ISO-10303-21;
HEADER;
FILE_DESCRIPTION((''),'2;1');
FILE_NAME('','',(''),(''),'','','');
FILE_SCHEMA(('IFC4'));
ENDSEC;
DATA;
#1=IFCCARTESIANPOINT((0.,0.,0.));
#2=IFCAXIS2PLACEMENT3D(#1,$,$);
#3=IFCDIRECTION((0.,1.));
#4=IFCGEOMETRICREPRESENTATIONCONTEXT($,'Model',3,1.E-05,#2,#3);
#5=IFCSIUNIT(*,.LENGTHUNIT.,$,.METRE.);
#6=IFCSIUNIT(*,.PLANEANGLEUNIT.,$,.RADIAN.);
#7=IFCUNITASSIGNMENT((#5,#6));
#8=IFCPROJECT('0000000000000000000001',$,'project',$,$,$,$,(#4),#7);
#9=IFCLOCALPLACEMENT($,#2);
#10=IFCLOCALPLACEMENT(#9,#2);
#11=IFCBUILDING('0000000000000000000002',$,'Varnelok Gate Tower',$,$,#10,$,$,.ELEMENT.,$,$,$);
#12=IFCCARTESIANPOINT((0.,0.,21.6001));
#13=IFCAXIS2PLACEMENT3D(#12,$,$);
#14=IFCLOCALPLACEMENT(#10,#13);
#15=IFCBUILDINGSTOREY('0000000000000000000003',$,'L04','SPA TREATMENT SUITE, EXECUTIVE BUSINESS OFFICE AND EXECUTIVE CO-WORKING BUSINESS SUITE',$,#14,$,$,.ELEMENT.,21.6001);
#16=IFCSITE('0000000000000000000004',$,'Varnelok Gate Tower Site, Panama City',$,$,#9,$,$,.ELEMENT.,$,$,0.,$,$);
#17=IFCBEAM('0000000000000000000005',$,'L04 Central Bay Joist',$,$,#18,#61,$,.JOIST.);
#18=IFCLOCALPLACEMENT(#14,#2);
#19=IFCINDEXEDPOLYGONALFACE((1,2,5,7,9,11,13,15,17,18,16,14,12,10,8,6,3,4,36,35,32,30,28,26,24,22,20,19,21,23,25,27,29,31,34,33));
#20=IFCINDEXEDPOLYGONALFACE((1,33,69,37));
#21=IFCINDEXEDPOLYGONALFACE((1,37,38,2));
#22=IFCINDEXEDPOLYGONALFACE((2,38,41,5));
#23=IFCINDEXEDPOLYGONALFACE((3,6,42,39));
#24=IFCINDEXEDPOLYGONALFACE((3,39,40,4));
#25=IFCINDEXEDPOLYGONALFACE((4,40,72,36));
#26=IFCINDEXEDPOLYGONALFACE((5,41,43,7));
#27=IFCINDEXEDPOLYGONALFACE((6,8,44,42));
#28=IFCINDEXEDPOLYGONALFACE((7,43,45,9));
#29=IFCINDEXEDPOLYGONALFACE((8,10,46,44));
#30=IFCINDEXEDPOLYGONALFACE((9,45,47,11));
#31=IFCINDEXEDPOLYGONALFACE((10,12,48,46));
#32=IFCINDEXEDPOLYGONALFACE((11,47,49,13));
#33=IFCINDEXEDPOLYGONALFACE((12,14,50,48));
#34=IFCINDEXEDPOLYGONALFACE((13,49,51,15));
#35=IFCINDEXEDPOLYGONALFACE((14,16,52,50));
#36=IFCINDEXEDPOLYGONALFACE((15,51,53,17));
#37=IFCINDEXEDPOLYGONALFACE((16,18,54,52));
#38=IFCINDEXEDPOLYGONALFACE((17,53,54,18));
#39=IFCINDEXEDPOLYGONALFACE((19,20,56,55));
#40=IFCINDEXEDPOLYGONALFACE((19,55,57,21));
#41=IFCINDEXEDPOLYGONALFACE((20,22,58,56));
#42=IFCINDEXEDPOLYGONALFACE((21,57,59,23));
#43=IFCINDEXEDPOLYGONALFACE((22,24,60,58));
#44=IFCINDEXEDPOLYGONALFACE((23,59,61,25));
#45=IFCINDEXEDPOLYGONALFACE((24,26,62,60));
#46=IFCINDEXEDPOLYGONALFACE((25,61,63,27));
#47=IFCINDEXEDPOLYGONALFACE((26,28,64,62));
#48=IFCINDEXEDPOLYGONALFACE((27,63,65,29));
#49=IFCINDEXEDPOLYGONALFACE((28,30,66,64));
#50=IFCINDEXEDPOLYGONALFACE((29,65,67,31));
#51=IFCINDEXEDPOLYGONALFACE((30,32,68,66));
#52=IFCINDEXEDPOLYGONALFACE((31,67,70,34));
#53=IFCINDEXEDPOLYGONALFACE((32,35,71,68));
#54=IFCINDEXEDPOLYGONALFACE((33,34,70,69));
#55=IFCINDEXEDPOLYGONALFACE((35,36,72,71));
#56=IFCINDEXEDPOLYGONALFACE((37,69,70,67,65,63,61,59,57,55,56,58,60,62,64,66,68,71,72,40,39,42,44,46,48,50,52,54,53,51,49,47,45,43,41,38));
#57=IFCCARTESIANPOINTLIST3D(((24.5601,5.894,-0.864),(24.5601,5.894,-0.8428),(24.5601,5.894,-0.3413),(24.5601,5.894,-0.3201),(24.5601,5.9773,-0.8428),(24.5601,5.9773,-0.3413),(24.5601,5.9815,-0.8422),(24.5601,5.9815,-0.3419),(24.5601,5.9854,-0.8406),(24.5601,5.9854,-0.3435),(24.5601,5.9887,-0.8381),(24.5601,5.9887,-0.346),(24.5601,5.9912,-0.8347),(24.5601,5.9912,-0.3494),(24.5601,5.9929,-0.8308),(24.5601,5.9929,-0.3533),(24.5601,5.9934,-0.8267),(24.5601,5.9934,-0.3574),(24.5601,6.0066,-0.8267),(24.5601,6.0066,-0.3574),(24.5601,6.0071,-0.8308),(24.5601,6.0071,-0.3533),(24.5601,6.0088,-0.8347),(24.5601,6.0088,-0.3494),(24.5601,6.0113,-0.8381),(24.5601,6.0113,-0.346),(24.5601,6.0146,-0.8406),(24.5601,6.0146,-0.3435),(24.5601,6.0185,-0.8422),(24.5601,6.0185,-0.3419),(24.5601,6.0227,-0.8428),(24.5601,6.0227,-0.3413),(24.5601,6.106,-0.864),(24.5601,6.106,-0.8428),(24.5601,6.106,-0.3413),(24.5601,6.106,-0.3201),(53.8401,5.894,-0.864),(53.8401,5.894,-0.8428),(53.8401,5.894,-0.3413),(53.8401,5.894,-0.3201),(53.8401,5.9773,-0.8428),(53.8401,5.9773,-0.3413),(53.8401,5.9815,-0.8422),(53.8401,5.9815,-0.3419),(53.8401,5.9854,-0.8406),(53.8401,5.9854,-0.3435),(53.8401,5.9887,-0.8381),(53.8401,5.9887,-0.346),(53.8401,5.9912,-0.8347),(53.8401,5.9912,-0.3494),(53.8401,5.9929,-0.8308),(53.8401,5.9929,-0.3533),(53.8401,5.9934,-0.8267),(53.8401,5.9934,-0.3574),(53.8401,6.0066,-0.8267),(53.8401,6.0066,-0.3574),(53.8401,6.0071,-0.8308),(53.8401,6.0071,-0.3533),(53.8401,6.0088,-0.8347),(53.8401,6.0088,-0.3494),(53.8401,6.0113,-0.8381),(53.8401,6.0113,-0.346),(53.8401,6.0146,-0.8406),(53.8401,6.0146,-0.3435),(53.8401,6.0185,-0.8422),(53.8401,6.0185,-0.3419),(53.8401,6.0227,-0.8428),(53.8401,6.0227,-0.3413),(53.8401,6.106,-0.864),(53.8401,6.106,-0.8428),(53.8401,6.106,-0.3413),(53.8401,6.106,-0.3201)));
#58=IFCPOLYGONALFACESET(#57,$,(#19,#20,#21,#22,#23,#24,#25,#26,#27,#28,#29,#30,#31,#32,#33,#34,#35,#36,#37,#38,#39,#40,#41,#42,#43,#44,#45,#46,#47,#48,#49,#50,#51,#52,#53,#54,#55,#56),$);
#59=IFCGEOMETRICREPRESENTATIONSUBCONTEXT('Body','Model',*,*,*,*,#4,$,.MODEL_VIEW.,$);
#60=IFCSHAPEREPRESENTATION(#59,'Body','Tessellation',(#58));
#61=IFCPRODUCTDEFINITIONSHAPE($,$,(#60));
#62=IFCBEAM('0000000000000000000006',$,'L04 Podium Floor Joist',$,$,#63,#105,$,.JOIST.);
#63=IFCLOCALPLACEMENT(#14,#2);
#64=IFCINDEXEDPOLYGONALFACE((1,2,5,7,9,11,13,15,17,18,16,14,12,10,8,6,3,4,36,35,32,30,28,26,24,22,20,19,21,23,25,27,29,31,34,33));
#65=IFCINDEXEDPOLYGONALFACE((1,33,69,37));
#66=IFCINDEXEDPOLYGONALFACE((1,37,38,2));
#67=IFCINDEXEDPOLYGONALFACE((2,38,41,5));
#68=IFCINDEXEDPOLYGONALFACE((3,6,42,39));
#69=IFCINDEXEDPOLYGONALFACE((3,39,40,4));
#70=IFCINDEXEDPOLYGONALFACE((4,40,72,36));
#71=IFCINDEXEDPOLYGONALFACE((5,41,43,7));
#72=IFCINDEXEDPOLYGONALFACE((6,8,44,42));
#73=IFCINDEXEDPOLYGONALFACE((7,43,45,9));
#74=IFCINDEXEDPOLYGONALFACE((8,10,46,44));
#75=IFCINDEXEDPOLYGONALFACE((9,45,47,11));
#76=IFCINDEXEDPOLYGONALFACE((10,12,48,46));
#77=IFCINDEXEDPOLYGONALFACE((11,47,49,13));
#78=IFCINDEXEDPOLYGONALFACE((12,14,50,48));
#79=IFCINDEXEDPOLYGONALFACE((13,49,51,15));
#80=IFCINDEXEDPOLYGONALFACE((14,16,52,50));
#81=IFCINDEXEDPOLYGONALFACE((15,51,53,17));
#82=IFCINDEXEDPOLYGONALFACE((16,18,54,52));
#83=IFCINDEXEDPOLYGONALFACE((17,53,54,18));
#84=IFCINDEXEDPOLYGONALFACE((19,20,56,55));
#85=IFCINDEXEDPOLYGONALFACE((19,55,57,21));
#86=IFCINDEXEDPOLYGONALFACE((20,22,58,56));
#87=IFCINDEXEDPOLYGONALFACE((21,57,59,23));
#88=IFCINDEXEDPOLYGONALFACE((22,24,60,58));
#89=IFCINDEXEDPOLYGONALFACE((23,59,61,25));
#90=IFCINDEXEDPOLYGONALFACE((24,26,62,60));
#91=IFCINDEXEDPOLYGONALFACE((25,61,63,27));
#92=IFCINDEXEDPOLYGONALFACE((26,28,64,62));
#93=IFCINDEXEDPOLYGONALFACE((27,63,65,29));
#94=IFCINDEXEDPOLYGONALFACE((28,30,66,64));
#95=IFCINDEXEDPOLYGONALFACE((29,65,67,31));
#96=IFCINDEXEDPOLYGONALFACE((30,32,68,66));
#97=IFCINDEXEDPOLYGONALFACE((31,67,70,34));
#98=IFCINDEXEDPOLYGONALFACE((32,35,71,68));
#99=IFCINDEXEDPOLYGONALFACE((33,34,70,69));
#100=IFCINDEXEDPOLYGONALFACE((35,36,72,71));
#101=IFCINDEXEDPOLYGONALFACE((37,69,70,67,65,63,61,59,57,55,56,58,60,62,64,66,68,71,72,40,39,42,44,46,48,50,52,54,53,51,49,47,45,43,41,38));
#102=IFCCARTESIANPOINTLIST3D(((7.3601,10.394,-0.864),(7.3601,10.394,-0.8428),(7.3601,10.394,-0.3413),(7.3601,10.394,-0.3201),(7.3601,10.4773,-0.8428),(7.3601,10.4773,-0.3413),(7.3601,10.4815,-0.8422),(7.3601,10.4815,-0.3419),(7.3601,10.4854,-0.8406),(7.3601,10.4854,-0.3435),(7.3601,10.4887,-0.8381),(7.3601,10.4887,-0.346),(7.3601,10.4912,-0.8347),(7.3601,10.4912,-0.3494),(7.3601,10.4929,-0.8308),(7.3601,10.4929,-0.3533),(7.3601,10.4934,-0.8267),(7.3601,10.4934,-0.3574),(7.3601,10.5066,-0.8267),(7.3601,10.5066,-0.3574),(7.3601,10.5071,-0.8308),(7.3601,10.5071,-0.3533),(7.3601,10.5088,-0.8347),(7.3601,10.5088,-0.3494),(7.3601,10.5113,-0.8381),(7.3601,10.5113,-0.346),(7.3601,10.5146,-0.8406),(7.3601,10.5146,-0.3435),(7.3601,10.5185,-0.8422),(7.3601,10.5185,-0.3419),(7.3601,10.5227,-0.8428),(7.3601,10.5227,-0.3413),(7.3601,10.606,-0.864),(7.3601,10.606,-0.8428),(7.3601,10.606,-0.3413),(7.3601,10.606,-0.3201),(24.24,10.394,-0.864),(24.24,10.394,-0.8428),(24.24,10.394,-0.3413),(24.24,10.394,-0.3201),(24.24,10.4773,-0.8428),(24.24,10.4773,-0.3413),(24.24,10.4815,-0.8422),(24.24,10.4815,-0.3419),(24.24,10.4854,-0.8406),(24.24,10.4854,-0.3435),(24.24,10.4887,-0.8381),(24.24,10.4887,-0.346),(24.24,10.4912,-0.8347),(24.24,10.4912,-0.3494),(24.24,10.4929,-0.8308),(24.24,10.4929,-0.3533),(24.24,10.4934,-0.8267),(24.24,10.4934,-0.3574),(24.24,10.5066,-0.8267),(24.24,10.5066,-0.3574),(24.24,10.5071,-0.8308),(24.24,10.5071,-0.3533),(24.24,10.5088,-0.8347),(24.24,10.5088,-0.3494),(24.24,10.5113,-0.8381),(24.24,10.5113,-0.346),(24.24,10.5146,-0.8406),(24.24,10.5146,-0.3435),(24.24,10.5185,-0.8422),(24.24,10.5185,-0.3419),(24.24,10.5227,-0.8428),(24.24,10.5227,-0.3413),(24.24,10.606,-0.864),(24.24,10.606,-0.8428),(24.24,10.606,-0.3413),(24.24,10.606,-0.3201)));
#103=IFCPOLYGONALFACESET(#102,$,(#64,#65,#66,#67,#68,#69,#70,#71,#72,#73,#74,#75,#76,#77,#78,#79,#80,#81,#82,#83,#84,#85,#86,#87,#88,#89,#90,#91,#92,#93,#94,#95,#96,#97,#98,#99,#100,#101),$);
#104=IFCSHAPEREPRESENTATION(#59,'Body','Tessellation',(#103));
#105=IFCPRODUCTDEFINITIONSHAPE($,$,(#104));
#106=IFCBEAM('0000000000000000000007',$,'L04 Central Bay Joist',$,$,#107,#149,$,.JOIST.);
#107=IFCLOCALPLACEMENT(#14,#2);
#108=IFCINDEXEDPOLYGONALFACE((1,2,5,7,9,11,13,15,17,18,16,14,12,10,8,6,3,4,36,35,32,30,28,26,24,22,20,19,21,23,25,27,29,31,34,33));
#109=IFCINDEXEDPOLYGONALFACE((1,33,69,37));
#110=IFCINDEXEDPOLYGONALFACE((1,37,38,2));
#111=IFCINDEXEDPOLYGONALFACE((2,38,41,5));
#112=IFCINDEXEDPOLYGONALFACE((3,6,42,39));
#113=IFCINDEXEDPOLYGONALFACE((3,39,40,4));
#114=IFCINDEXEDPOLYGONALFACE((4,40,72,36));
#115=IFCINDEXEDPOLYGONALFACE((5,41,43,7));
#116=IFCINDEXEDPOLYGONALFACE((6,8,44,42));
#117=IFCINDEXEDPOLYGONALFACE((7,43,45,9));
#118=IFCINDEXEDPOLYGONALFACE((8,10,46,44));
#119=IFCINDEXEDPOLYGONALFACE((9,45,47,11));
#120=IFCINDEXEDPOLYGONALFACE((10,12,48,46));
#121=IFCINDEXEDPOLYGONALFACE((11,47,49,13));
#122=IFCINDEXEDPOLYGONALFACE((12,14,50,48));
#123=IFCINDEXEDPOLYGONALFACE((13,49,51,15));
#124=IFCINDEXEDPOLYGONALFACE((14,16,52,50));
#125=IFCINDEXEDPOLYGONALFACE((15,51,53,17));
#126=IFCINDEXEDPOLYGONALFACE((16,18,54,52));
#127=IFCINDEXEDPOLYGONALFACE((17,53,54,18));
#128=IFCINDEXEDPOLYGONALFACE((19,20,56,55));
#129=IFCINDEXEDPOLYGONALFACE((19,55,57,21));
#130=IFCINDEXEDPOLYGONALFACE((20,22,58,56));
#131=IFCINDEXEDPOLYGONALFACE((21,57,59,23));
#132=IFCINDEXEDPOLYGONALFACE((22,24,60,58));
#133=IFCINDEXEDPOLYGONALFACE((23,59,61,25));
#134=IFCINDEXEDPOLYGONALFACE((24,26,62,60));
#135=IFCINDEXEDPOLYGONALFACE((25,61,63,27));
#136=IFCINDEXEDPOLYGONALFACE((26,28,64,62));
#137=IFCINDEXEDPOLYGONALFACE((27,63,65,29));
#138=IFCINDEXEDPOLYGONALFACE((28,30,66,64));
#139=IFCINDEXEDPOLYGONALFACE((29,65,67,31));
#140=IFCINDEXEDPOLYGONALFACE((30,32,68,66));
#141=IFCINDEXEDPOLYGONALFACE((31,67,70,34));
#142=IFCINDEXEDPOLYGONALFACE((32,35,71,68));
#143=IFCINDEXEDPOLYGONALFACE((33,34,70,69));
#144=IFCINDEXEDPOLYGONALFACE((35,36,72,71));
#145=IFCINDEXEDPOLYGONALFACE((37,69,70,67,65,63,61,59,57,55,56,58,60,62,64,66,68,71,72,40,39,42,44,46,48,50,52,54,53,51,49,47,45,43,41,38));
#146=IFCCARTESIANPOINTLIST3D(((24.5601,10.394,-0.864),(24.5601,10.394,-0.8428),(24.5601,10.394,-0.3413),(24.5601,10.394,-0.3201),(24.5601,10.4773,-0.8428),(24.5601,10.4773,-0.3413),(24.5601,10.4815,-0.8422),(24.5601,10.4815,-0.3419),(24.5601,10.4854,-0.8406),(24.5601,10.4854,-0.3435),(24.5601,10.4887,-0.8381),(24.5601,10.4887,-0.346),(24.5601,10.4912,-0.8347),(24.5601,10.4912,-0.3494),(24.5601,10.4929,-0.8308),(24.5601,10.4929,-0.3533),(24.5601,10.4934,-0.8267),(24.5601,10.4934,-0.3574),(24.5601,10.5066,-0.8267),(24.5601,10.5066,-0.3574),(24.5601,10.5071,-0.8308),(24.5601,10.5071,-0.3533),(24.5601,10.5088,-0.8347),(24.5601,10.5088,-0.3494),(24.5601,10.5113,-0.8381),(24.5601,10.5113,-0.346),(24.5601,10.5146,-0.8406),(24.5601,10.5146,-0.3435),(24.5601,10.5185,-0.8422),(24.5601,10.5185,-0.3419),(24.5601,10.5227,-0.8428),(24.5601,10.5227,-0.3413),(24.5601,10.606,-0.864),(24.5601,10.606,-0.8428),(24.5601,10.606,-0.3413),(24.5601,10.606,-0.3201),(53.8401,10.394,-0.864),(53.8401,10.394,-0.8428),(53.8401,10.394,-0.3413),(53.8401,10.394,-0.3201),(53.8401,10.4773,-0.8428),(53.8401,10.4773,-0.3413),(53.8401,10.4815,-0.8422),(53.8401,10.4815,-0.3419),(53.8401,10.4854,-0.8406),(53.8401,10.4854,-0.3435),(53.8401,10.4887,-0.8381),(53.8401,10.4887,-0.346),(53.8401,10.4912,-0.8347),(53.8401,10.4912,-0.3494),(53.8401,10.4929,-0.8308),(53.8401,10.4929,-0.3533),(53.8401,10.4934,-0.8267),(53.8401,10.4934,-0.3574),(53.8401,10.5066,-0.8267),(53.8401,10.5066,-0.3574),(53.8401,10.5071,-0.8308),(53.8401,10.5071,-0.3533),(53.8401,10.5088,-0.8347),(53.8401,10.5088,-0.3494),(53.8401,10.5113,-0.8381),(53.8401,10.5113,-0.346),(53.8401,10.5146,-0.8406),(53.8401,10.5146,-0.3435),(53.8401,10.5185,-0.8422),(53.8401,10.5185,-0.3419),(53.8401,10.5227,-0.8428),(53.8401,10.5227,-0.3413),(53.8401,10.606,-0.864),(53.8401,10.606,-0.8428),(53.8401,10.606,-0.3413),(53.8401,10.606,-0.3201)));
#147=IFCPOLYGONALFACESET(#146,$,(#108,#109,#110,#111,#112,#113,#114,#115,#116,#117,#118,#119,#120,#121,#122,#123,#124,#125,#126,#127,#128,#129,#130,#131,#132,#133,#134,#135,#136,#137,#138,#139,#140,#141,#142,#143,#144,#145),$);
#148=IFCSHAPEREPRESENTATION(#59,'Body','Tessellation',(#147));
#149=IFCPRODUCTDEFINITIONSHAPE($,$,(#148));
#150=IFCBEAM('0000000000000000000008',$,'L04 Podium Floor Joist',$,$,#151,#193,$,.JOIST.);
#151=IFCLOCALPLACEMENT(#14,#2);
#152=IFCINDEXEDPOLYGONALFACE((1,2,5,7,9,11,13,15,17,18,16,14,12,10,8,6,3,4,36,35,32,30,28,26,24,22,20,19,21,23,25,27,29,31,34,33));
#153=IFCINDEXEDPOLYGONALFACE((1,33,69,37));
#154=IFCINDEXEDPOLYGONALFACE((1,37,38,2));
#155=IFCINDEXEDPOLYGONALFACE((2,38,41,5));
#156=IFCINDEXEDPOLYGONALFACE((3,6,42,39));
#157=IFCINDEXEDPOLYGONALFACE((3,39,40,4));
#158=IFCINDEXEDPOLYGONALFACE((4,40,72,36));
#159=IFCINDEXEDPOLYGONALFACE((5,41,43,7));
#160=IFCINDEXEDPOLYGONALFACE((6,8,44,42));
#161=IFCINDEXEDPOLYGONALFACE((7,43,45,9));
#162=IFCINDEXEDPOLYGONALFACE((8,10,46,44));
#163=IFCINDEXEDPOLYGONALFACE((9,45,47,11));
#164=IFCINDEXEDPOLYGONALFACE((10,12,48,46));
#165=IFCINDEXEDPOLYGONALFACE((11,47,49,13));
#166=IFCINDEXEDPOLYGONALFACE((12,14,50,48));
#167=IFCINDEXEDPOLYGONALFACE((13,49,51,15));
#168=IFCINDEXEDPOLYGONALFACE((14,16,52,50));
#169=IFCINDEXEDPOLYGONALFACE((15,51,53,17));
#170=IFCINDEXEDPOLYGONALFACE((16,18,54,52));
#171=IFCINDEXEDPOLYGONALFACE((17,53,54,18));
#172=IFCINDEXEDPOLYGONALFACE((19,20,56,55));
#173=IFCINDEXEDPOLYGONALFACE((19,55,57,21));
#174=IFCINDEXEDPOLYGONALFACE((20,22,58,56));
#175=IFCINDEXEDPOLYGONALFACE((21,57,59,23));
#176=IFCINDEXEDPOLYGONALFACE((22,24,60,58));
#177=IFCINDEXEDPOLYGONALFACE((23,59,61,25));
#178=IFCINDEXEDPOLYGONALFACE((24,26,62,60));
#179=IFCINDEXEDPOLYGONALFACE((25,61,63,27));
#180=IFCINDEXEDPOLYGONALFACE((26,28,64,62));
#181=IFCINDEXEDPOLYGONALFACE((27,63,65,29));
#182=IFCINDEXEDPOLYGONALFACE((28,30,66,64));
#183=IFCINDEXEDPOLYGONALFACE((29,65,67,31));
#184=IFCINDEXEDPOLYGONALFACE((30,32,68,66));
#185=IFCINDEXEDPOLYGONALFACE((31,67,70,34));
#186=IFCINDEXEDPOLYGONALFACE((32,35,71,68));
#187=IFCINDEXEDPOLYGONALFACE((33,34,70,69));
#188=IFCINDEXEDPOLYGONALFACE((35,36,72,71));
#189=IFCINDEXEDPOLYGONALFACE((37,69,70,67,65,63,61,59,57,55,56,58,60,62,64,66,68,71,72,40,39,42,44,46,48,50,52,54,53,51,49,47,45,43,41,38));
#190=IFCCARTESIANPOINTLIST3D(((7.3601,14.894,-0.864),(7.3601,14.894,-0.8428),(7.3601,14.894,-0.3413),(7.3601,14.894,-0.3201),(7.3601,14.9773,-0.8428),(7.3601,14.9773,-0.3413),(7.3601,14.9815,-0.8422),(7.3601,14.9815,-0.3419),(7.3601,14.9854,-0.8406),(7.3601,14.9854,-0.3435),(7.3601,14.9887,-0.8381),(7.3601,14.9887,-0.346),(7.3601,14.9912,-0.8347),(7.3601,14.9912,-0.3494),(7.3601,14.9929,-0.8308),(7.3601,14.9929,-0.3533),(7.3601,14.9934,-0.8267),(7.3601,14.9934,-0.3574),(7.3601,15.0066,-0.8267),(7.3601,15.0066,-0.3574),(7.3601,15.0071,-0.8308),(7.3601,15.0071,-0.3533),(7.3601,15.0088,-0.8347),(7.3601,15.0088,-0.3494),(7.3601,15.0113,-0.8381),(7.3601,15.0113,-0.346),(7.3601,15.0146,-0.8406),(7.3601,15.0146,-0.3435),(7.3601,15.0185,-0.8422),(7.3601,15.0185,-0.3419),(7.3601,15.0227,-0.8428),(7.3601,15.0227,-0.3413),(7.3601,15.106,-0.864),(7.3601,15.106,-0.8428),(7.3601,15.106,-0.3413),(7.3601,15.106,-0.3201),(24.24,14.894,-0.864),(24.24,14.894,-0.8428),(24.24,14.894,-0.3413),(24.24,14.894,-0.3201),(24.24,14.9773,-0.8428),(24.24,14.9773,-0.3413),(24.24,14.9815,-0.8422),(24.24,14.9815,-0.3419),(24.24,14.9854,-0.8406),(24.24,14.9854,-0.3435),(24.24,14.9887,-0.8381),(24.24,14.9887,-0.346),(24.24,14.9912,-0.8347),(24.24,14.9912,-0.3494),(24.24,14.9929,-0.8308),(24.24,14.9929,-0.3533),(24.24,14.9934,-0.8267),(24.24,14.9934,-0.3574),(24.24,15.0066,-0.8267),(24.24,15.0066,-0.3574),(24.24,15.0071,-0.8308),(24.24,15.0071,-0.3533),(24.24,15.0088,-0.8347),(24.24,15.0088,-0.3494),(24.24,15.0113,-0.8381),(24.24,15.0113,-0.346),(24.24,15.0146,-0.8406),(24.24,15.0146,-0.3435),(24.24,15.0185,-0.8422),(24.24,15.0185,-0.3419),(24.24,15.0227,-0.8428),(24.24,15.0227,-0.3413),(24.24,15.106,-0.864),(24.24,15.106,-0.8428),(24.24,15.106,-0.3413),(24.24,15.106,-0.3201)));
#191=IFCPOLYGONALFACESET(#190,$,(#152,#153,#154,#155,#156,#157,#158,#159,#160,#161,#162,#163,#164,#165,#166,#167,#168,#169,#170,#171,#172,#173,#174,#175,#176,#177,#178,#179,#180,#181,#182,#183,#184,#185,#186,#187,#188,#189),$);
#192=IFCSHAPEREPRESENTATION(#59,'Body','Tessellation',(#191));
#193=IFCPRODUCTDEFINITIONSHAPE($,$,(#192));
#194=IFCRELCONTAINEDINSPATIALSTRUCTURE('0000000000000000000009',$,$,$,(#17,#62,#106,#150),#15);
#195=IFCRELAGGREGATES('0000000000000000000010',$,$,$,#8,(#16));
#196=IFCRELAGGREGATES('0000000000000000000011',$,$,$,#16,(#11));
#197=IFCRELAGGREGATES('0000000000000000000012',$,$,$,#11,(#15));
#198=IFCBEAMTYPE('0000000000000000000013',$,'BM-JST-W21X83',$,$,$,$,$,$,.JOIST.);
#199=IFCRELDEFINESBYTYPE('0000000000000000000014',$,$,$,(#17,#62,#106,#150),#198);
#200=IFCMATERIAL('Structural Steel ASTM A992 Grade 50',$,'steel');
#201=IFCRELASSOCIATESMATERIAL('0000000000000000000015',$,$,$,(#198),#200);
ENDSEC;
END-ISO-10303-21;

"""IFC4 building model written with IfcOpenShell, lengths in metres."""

from ifc_helpers import new_model, si_unit, direction, frame, origin, origin_2d, place, context, subcontext, project, spatial, i_section, extrude, material, material_profile, profile_set, type_object, element, save


model = new_model("IFC4")

# Units and contexts
model_context = context("Model", 3, precision=1e-05, world=origin(), true_north=direction((0.0, 1.0)))
body_context = subcontext(model_context, "Body", "Model", "MODEL_VIEW")
ifc_project = project(units=[si_unit("LENGTHUNIT", "METRE"), si_unit("PLANEANGLEUNIT", "RADIAN")], contexts=[model_context])

# Site, building, storey
site_placement = place(None, origin())
site = spatial("IfcSite", under=ifc_project, at=site_placement, Name="Varnelok Gate Tower Site, Panama City", CompositionType="ELEMENT", RefElevation=0.0)
building_placement = place(site_placement, origin())
building = spatial("IfcBuilding", under=site, at=building_placement, Name="Varnelok Gate Tower", CompositionType="ELEMENT")
storey_placement = place(building_placement, frame((0.0, 0.0, 21.6001)))
storey = spatial("IfcBuildingStorey", under=building, at=storey_placement, Name="L04", Description="SPA TREATMENT SUITE, EXECUTIVE BUSINESS OFFICE AND EXECUTIVE CO-WORKING BUSINESS SUITE", CompositionType="ELEMENT", Elevation=21.6001)

# Beams
ifc_material_1 = material(Name="Structural Steel ASTM A992 Grade 50", Category="steel")
ifc_material_profile_1 = material_profile(ifc_material_1, i_section(OverallWidth=0.2119, OverallDepth=0.5439, WebThickness=0.0132, FlangeThickness=0.0212, FilletRadius=0.0161, at=origin_2d()), Name="W21X83")
ifc_profile_set_1 = profile_set([ifc_material_profile_1], Name="Structural Steel ASTM A992 Grade 50")
beam_type_1 = type_object("IfcBeamType", Name="BM-JST-W21X83", PredefinedType="JOIST", material=ifc_profile_set_1)
beam_1_placement = place(storey_placement, frame((24.5601, 6.0, -0.592), z_axis=(1.0, 0.0, 0.0), x_axis=(0.0, 1.0, 0.0)))
element("IfcBeam", 1, at=beam_1_placement, inside=storey, type_object=beam_type_1, Name="L04 Central Bay Joist", PredefinedType="JOIST", context=body_context, shape_type="SweptSolid", body=[
    extrude(i_section(OverallWidth=0.2119, OverallDepth=0.5439, WebThickness=0.0132, FlangeThickness=0.0212, FilletRadius=0.0161, at=origin_2d()), origin(), (0.0, 0.0, 1.0), 29.28),
])
beam_2_placement = place(storey_placement, frame((7.3601, 10.5, -0.592), z_axis=(1.0, 0.0, 0.0), x_axis=(0.0, 1.0, 0.0)))
element("IfcBeam", 2, at=beam_2_placement, inside=storey, type_object=beam_type_1, Name="L04 Podium Floor Joist", PredefinedType="JOIST", context=body_context, shape_type="SweptSolid", body=[
    extrude(i_section(OverallWidth=0.2119, OverallDepth=0.5439, WebThickness=0.0132, FlangeThickness=0.0212, FilletRadius=0.0161, at=origin_2d()), origin(), (0.0, 0.0, 1.0), 16.8799),
])
beam_3_placement = place(storey_placement, frame((24.5601, 10.5, -0.592), z_axis=(1.0, 0.0, 0.0), x_axis=(0.0, 1.0, 0.0)))
element("IfcBeam", 3, at=beam_3_placement, inside=storey, type_object=beam_type_1, Name="L04 Central Bay Joist", PredefinedType="JOIST", context=body_context, shape_type="SweptSolid", body=[
    extrude(i_section(OverallWidth=0.2119, OverallDepth=0.5439, WebThickness=0.0132, FlangeThickness=0.0212, FilletRadius=0.0161, at=origin_2d()), origin(), (0.0, 0.0, 1.0), 29.28),
])
beam_4_placement = place(storey_placement, frame((7.3601, 15.0, -0.592), z_axis=(1.0, 0.0, 0.0), x_axis=(0.0, 1.0, 0.0)))
element("IfcBeam", 4, at=beam_4_placement, inside=storey, type_object=beam_type_1, Name="L04 Podium Floor Joist", PredefinedType="JOIST", context=body_context, shape_type="SweptSolid", body=[
    extrude(i_section(OverallWidth=0.2119, OverallDepth=0.5439, WebThickness=0.0132, FlangeThickness=0.0212, FilletRadius=0.0161, at=origin_2d()), origin(), (0.0, 0.0, 1.0), 16.8799),
])

save(model, "model.ifc")
